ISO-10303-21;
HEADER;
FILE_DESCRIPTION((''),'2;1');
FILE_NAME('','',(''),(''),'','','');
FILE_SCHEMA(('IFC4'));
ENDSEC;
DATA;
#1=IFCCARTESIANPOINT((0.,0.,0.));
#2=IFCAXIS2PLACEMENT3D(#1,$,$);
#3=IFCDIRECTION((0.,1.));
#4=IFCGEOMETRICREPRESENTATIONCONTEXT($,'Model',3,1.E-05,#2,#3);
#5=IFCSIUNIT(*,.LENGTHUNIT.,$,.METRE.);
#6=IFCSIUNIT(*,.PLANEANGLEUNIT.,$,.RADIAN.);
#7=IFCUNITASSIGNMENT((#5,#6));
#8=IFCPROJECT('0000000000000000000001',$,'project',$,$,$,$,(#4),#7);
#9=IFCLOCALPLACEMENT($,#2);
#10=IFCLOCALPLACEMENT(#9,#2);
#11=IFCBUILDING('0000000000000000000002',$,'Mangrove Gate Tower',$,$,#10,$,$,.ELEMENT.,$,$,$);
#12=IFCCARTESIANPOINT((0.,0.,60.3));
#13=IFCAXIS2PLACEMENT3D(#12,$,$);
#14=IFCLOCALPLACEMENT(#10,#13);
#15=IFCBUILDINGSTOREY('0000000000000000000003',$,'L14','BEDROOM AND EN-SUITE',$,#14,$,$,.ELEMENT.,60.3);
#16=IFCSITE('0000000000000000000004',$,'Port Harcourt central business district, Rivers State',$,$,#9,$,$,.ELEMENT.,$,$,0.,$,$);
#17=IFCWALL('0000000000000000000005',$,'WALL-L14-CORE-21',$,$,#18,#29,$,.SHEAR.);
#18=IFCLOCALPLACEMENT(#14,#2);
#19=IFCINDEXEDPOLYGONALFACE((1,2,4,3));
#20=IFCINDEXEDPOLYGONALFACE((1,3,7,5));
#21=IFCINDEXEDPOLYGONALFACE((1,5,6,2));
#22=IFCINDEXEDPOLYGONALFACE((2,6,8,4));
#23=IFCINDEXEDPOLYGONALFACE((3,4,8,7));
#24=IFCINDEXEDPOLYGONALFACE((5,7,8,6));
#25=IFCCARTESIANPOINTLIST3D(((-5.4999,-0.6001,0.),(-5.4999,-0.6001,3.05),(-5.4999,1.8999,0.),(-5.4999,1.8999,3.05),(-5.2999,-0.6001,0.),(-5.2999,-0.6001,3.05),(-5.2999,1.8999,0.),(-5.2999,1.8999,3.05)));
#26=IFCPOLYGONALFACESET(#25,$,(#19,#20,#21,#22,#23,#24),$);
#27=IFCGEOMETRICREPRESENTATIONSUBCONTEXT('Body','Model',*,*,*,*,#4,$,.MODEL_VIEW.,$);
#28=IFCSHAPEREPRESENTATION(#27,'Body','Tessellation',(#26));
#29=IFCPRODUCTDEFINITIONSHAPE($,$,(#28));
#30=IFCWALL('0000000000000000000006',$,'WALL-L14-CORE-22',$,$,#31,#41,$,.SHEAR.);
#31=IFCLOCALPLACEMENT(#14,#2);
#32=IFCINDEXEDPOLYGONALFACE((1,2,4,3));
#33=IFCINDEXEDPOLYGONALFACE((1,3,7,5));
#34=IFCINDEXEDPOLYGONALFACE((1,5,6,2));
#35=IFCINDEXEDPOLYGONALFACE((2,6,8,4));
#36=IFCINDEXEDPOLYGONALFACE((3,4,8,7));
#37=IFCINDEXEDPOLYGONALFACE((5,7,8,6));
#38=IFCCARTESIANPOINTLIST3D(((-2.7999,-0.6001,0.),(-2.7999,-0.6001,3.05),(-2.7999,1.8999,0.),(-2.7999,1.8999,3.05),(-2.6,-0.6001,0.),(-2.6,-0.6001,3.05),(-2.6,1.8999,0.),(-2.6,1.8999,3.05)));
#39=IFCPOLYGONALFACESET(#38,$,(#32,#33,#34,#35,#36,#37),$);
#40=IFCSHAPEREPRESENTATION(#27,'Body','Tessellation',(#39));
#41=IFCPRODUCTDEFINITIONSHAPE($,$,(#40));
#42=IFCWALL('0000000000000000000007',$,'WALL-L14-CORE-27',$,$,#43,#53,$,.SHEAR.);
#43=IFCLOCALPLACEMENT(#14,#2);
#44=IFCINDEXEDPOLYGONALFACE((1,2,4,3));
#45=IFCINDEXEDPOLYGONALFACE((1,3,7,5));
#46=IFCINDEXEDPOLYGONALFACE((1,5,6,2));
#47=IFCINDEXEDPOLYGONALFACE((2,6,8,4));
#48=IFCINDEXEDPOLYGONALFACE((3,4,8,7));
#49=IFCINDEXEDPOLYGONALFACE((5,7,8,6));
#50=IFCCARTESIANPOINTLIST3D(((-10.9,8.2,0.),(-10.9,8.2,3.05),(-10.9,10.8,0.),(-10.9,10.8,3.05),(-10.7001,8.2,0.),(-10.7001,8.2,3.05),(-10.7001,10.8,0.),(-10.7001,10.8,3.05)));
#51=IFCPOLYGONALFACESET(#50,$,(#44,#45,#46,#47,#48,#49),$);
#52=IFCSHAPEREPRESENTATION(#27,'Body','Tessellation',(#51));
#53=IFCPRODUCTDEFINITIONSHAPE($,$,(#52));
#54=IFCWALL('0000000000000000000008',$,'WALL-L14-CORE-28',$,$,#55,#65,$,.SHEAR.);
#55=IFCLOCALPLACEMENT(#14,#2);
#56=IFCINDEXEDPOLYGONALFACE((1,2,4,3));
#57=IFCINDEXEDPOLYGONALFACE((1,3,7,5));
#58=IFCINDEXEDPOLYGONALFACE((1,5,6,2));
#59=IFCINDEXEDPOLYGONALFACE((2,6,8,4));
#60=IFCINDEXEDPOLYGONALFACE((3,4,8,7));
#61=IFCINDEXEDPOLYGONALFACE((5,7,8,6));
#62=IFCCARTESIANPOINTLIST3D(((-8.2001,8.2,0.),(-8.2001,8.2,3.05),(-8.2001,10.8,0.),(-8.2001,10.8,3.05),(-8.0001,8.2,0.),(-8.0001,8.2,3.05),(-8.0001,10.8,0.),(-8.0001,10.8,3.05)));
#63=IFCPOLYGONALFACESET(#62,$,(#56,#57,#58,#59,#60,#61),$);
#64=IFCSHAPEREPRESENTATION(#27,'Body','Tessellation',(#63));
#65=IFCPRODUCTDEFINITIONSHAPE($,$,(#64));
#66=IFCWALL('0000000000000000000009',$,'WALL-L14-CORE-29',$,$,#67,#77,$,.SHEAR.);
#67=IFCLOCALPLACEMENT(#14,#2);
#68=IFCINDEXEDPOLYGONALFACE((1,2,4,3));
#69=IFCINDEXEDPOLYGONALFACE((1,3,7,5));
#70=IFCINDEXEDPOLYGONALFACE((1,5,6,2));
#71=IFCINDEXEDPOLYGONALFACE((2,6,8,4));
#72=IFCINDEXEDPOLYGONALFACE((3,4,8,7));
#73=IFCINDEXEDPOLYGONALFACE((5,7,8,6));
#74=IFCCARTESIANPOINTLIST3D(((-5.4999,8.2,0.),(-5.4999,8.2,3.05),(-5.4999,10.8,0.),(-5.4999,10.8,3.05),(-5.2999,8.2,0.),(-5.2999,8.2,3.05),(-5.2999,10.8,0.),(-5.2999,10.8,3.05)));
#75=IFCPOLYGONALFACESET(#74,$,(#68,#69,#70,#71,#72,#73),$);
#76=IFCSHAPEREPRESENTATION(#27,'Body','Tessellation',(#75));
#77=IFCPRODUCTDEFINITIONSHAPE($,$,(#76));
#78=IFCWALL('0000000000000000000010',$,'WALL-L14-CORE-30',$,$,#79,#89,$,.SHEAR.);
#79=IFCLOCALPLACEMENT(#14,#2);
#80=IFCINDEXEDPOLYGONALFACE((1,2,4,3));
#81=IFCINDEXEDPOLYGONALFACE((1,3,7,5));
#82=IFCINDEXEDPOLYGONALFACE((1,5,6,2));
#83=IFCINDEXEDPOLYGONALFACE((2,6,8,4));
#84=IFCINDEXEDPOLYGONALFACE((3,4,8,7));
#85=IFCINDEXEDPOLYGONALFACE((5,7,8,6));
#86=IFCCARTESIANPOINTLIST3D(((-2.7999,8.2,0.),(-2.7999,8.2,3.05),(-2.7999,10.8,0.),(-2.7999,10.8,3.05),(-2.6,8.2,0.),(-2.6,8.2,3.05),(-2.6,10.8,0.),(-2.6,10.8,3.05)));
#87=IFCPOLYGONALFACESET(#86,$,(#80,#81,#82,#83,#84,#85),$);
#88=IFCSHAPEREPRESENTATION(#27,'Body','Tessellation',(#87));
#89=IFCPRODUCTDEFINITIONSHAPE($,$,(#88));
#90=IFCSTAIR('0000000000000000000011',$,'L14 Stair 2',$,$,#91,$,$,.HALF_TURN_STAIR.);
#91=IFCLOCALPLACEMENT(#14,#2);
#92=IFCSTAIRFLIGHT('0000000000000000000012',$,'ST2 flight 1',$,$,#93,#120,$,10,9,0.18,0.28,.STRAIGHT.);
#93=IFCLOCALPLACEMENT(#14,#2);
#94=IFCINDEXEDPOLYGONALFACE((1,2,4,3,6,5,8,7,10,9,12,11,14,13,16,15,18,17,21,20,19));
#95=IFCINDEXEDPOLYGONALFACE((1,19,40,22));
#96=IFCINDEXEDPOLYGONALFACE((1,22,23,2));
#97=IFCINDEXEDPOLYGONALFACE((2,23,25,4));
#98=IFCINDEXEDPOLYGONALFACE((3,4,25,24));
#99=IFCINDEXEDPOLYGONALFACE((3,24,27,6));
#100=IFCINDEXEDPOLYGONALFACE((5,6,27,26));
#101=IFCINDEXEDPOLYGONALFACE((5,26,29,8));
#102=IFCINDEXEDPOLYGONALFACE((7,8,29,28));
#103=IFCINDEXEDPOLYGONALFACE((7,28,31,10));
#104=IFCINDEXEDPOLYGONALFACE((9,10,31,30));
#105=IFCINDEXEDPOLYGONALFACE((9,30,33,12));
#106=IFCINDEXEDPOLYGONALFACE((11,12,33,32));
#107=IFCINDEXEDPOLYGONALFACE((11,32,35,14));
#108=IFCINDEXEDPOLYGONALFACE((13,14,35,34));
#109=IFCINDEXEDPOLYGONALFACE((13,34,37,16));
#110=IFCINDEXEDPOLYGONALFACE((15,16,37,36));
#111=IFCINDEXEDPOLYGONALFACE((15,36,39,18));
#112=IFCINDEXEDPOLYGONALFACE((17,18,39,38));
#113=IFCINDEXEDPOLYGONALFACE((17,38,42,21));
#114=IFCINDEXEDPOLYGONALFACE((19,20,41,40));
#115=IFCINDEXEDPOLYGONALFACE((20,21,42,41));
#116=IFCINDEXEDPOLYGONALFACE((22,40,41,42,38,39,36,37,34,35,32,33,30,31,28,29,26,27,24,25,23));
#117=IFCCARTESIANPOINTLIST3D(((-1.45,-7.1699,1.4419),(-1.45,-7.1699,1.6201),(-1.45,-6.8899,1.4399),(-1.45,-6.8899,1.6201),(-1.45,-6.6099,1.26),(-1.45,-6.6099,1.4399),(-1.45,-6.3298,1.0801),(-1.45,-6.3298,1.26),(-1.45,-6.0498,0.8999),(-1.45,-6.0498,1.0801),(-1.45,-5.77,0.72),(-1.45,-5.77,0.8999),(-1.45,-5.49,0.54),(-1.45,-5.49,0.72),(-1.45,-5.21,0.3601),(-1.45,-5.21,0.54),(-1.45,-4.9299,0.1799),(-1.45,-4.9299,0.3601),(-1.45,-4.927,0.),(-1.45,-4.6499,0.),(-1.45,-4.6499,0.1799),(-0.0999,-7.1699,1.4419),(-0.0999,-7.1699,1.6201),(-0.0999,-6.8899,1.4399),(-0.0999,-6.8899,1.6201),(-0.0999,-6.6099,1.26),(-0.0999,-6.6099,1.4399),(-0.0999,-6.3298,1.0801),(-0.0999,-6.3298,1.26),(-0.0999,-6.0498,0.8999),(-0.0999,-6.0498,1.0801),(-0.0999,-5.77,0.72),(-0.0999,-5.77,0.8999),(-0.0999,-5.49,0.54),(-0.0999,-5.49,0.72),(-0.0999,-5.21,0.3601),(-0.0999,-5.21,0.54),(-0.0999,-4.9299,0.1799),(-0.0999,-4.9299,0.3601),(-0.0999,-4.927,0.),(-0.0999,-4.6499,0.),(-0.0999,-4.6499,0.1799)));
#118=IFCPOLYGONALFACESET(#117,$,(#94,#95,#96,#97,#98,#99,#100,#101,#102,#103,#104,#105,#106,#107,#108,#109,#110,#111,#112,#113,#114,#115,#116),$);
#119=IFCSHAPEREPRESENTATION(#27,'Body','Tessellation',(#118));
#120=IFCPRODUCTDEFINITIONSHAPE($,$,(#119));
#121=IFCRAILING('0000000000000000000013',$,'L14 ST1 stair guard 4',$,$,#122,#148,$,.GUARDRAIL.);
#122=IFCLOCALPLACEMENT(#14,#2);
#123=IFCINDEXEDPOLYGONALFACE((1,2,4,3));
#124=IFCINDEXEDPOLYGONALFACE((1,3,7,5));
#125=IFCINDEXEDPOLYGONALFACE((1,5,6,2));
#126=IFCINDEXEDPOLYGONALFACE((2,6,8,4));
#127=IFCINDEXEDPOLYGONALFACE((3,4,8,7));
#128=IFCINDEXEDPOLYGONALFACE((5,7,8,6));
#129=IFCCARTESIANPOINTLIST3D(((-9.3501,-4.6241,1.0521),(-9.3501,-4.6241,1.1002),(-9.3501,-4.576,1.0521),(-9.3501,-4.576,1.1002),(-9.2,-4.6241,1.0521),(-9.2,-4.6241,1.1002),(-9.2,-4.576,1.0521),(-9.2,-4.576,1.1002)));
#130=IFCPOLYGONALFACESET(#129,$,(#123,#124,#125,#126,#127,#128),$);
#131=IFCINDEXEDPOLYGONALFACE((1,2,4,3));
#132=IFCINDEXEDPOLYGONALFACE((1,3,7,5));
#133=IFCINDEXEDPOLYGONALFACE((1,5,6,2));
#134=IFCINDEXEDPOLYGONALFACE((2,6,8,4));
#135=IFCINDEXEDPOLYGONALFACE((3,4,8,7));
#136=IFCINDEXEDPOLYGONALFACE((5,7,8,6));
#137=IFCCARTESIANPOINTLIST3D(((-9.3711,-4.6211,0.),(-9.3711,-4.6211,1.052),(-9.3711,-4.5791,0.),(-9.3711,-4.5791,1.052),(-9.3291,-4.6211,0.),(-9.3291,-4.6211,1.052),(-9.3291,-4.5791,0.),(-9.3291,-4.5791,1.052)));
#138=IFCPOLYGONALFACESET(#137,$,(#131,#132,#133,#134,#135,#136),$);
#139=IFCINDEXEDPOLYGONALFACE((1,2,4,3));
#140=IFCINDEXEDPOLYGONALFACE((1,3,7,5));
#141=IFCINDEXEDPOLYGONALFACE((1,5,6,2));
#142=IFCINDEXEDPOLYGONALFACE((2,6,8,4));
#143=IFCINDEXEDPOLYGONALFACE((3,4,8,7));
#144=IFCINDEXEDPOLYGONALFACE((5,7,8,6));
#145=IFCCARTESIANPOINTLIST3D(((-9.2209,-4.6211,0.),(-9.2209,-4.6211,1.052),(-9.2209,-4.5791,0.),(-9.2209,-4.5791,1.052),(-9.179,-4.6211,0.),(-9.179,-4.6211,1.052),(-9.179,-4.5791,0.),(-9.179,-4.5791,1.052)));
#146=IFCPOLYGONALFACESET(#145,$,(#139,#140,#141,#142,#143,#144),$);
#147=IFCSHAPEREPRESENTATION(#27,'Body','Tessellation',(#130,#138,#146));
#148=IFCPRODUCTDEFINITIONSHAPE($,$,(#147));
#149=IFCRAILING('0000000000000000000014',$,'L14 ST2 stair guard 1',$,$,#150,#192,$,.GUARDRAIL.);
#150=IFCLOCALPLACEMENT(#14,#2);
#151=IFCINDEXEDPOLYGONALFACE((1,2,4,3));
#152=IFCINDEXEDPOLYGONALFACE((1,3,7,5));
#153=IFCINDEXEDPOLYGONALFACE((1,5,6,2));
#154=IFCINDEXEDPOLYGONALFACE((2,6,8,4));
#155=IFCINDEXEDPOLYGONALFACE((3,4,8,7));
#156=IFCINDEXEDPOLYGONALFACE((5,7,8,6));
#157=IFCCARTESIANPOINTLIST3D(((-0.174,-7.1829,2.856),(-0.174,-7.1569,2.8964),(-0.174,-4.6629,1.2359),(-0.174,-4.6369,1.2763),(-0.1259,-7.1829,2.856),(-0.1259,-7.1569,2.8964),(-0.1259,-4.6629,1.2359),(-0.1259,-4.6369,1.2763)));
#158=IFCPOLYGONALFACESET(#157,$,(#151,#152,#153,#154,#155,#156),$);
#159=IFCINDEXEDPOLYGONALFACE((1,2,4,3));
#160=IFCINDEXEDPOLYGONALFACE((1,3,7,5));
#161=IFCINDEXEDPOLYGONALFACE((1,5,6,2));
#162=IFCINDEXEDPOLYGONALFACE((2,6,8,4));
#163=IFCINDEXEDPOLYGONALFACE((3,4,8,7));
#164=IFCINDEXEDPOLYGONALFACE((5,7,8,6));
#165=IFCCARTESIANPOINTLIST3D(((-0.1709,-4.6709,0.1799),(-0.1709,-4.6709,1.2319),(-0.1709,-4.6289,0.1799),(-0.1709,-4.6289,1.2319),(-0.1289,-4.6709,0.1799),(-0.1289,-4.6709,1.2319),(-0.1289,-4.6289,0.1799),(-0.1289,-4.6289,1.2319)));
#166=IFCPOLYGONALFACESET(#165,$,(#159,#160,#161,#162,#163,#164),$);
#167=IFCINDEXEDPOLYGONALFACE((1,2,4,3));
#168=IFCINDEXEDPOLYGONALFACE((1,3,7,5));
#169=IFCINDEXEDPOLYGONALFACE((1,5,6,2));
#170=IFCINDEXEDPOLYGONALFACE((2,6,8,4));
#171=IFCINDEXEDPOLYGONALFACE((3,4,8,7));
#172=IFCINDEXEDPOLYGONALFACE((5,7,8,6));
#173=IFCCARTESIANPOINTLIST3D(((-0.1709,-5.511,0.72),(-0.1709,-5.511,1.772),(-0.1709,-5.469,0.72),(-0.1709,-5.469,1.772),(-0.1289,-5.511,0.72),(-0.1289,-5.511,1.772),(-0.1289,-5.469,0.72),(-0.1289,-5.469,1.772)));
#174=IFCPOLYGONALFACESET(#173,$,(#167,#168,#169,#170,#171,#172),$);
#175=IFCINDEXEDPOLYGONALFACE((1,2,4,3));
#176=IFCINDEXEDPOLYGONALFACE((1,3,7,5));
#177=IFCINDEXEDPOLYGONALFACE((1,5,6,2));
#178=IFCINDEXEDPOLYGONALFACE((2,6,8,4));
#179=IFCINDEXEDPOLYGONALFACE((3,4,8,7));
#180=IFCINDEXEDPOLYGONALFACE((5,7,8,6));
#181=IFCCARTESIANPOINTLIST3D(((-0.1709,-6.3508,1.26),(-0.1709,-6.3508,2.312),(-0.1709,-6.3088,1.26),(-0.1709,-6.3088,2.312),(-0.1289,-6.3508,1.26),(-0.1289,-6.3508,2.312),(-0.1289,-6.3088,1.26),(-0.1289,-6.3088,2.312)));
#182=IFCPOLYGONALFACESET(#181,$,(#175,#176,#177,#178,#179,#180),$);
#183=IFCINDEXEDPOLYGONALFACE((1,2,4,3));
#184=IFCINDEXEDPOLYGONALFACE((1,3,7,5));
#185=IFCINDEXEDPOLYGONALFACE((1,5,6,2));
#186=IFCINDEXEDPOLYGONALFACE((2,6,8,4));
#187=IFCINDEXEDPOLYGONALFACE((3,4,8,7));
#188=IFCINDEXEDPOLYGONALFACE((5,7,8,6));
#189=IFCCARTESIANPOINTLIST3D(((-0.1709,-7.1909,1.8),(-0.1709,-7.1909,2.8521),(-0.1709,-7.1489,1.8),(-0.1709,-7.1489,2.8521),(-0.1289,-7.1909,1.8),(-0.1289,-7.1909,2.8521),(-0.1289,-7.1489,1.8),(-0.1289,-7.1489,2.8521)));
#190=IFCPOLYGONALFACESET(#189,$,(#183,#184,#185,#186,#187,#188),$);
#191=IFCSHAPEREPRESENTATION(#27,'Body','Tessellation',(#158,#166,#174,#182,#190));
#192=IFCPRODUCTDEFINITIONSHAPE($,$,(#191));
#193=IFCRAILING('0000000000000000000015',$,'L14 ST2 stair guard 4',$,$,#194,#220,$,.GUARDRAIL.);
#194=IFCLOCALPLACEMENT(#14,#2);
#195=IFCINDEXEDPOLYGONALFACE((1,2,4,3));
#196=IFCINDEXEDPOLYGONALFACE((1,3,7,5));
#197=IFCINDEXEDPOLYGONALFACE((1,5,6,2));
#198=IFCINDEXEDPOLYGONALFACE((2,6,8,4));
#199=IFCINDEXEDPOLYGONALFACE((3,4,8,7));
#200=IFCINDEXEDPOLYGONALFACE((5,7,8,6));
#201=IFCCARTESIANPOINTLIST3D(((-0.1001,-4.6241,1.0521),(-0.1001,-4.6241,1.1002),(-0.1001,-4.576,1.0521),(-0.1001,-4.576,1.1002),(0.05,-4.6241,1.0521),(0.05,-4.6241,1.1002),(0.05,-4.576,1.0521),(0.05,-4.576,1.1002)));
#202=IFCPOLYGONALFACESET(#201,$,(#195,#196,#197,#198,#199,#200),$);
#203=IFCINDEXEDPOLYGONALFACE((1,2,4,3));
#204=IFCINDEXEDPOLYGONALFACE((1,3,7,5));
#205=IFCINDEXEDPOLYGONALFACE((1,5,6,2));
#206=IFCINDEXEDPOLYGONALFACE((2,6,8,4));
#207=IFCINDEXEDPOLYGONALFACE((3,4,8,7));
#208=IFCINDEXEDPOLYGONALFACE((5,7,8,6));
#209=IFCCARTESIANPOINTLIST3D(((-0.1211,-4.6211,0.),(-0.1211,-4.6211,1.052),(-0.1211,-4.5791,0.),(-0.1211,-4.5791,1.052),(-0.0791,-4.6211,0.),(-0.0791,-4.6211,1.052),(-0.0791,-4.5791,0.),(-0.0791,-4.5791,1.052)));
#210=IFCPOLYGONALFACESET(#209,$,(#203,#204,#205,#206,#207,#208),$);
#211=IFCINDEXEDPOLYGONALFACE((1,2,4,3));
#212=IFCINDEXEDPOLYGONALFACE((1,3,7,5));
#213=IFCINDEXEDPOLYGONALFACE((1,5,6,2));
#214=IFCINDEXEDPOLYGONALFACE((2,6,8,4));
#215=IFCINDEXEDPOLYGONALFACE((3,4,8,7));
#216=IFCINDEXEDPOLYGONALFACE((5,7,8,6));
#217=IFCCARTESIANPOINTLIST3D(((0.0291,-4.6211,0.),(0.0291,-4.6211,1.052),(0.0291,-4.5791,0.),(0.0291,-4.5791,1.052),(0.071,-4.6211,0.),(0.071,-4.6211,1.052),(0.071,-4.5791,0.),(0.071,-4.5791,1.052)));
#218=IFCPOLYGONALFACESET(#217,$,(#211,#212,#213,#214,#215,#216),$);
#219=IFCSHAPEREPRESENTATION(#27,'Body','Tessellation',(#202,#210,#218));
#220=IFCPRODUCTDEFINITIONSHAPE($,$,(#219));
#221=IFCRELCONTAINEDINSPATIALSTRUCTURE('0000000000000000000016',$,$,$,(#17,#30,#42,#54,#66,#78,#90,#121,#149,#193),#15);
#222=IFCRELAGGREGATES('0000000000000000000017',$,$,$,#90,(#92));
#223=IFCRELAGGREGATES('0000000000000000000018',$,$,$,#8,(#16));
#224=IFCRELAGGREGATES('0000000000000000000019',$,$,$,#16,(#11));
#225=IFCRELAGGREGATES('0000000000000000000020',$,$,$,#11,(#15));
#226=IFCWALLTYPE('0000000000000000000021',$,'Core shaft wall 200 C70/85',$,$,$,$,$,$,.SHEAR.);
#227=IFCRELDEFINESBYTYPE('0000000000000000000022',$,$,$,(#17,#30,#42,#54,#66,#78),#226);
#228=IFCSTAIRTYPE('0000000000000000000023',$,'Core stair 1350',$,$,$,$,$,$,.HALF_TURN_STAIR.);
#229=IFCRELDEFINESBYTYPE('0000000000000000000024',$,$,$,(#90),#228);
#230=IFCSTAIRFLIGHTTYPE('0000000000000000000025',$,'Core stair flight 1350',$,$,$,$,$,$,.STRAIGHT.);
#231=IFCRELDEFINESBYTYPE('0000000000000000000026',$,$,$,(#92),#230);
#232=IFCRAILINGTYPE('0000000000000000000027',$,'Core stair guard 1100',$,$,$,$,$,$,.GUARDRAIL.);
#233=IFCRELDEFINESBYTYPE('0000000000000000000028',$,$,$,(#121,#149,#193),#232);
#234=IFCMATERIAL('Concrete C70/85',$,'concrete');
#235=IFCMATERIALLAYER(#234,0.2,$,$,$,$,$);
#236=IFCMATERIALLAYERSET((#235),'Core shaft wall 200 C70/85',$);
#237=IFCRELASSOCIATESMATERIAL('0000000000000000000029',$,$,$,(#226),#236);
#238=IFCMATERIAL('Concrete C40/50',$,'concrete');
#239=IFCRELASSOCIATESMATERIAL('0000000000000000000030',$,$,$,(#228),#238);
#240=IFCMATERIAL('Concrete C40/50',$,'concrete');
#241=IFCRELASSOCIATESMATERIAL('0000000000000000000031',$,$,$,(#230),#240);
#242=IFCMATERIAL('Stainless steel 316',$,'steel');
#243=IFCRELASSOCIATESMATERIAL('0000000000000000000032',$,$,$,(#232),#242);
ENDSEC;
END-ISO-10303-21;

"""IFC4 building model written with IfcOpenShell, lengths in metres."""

from ifc_helpers import new_model, si_unit, direction, frame, frame_2d, origin, origin_2d, place, context, subcontext, project, spatial, polyline, rectangle, outline, extrude, material, layer, layer_set, type_object, element, aggregate, save


model = new_model("IFC4")

# Units and contexts
model_context = context("Model", 3, precision=1e-05, world=origin(), true_north=direction((0.0, 1.0)))
body_context = subcontext(model_context, "Body", "Model", "MODEL_VIEW")
ifc_project = project(units=[si_unit("LENGTHUNIT", "METRE"), si_unit("PLANEANGLEUNIT", "RADIAN")], contexts=[model_context])

# Site, building, storey
site_placement = place(None, origin())
site = spatial("IfcSite", under=ifc_project, at=site_placement, Name="Port Harcourt central business district, Rivers State", CompositionType="ELEMENT", RefElevation=0.0)
building_placement = place(site_placement, origin())
building = spatial("IfcBuilding", under=site, at=building_placement, Name="Mangrove Gate Tower", CompositionType="ELEMENT")
storey_placement = place(building_placement, frame((0.0, 0.0, 60.3)))
storey = spatial("IfcBuildingStorey", under=building, at=storey_placement, Name="L14", Description="BEDROOM AND EN-SUITE", CompositionType="ELEMENT", Elevation=60.3)

# Shared definitions
ifc_material_1 = material(Name="Concrete C70/85", Category="concrete")
ifc_layer_1 = layer(ifc_material_1, 0.2)
ifc_layer_set_1 = layer_set([ifc_layer_1], Name="Core shaft wall 200 C70/85")
wall_type_1 = type_object("IfcWallType", Name="Core shaft wall 200 C70/85", PredefinedType="SHEAR", material=ifc_layer_set_1)

# Walls
for number, where, z_axis, x_axis, name in (
    (1, (-5.3999, -0.6001, 0.0), (0.0, 0.0, 1.0), (0.0, 1.0, 0.0), "WALL-L14-CORE-21"),
    (2, (-2.7, -0.6001, 0.0), (0.0, 0.0, 1.0), (0.0, 1.0, 0.0), "WALL-L14-CORE-22"),
):
    element("IfcWall", number, at=place(storey_placement, frame(where, z_axis=z_axis, x_axis=x_axis)), inside=storey, type_object=wall_type_1, Name=name, PredefinedType="SHEAR", context=body_context, shape_type="SweptSolid", body=[
        extrude(rectangle(XDim=2.5, YDim=0.2, at=frame_2d((1.25, 0.0))), origin(), (0.0, 0.0, 1.0), 3.05),
    ])
for number, where, z_axis, x_axis, name in (
    (3, (-10.8, 8.2, 0.0), (0.0, 0.0, 1.0), (0.0, 1.0, 0.0), "WALL-L14-CORE-27"),
    (4, (-8.1001, 8.2, 0.0), (0.0, 0.0, 1.0), (0.0, 1.0, 0.0), "WALL-L14-CORE-28"),
    (5, (-5.3999, 8.2, 0.0), (0.0, 0.0, 1.0), (0.0, 1.0, 0.0), "WALL-L14-CORE-29"),
    (6, (-2.7, 8.2, 0.0), (0.0, 0.0, 1.0), (0.0, 1.0, 0.0), "WALL-L14-CORE-30"),
):
    element("IfcWall", number, at=place(storey_placement, frame(where, z_axis=z_axis, x_axis=x_axis)), inside=storey, type_object=wall_type_1, Name=name, PredefinedType="SHEAR", context=body_context, shape_type="SweptSolid", body=[
        extrude(rectangle(XDim=2.6001, YDim=0.2, at=frame_2d((1.3, 0.0))), origin(), (0.0, 0.0, 1.0), 3.05),
    ])

# Stair, stair flight
ifc_material_2 = material(Name="Concrete C40/50", Category="concrete")
stair_type = type_object("IfcStairType", Name="Core stair 1350", PredefinedType="HALF_TURN_STAIR", material=ifc_material_2)
stair_placement = place(storey_placement, origin())
stair = element("IfcStair", 7, at=stair_placement, inside=storey, type_object=stair_type, Name="L14 Stair 2", PredefinedType="HALF_TURN_STAIR")
ifc_material_3 = material(Name="Concrete C40/50", Category="concrete")
stair_flight_type = type_object("IfcStairFlightType", Name="Core stair flight 1350", PredefinedType="STRAIGHT", material=ifc_material_3)
stair_flight_placement = place(storey_placement, frame((-0.7749, -4.6499, 0.0), z_axis=(0.0, 0.0, 1.0), x_axis=(0.0, -1.0, 0.0)))
stair_flight = element("IfcStairFlight", 8, at=stair_flight_placement, type_object=stair_flight_type, Name="ST2 flight 1", NumberOfRisers=10, NumberOfTreads=9, PredefinedType="STRAIGHT", RiserHeight=0.18, TreadLength=0.28, context=body_context, shape_type="SweptSolid", body=[
    extrude(outline(polyline([(0.0, 0.0), (0.0, 0.1799), (0.28, 0.1799), (0.28, 0.3601), (0.5601, 0.3601), (0.5601, 0.54), (0.8401, 0.54), (0.8401, 0.72), (1.1201, 0.72), (1.1201, 0.8999), (1.3999, 0.8999), (1.3999, 1.0801), (1.6799, 1.0801), (1.6799, 1.26), (1.96, 1.26), (1.96, 1.4399), (2.24, 1.4399), (2.24, 1.6201), (2.52, 1.6201), (2.52, 1.8), (2.52, 1.4419), (0.2771, 0.0), (0.0, 0.0)])), frame((0.0, 0.675, 0.0), z_axis=(0.0, -1.0, 0.0), x_axis=(1.0, 0.0, 0.0)), (0.0, 0.0, 1.0), 1.3501),
])
aggregate(stair, [stair_flight])

# Railings
ifc_material_4 = material(Name="Stainless steel 316", Category="steel")
railing_type_1 = type_object("IfcRailingType", Name="Core stair guard 1100", PredefinedType="GUARDRAIL", material=ifc_material_4)
railing_1_placement = place(storey_placement, frame((-9.3501, -4.6001, 0.0)))
element("IfcRailing", 9, at=railing_1_placement, inside=storey, type_object=railing_type_1, Name="L14 ST1 stair guard 4", PredefinedType="GUARDRAIL", context=body_context, shape_type="SweptSolid", body=[
    extrude(rectangle(XDim=0.0481, YDim=0.0481, at=origin_2d()), frame((0.0, 0.0, 1.0762), z_axis=(1.0, 0.0, 0.0), x_axis=(0.0, 1.0, 0.0)), (0.0, 0.0, 1.0), 0.1501),
    extrude(rectangle(XDim=0.042, YDim=0.042, at=origin_2d()), origin(), (0.0, 0.0, 1.0), 1.052),
    extrude(rectangle(XDim=0.042, YDim=0.042, at=origin_2d()), frame((0.1501, 0.0, 0.0)), (0.0, 0.0, 1.0), 1.052),
])
railing_2_placement = place(storey_placement, frame((-0.1499, -4.6499, 0.1799)))
element("IfcRailing", 10, at=railing_2_placement, inside=storey, type_object=railing_type_1, Name="L14 ST2 stair guard 1", PredefinedType="GUARDRAIL", context=body_context, shape_type="SweptSolid", body=[
    extrude(rectangle(XDim=0.0481, YDim=0.0481, at=origin_2d()), frame((0.0, 0.0, 1.0762), z_axis=(0.0, -0.841163, 0.540782), x_axis=(1.0, 0.0, 0.0)), (0.0, 0.0, 1.0), 2.9958),
    extrude(rectangle(XDim=0.042, YDim=0.042, at=origin_2d()), origin(), (0.0, 0.0, 1.0), 1.052),
    extrude(rectangle(XDim=0.042, YDim=0.042, at=origin_2d()), frame((0.0, -0.8401, 0.54)), (0.0, 0.0, 1.0), 1.052),
    extrude(rectangle(XDim=0.042, YDim=0.042, at=origin_2d()), frame((0.0, -1.6799, 1.0801)), (0.0, 0.0, 1.0), 1.052),
    extrude(rectangle(XDim=0.042, YDim=0.042, at=origin_2d()), frame((0.0, -2.52, 1.6201)), (0.0, 0.0, 1.0), 1.052),
])
railing_3_placement = place(storey_placement, frame((-0.1001, -4.6001, 0.0)))
element("IfcRailing", 11, at=railing_3_placement, inside=storey, type_object=railing_type_1, Name="L14 ST2 stair guard 4", PredefinedType="GUARDRAIL", context=body_context, shape_type="SweptSolid", body=[
    extrude(rectangle(XDim=0.0481, YDim=0.0481, at=origin_2d()), frame((0.0, 0.0, 1.0762), z_axis=(1.0, 0.0, 0.0), x_axis=(0.0, 1.0, 0.0)), (0.0, 0.0, 1.0), 0.1501),
    extrude(rectangle(XDim=0.042, YDim=0.042, at=origin_2d()), origin(), (0.0, 0.0, 1.0), 1.052),
    extrude(rectangle(XDim=0.042, YDim=0.042, at=origin_2d()), frame((0.1501, 0.0, 0.0)), (0.0, 0.0, 1.0), 1.052),
])

save(model, "model.ifc")
